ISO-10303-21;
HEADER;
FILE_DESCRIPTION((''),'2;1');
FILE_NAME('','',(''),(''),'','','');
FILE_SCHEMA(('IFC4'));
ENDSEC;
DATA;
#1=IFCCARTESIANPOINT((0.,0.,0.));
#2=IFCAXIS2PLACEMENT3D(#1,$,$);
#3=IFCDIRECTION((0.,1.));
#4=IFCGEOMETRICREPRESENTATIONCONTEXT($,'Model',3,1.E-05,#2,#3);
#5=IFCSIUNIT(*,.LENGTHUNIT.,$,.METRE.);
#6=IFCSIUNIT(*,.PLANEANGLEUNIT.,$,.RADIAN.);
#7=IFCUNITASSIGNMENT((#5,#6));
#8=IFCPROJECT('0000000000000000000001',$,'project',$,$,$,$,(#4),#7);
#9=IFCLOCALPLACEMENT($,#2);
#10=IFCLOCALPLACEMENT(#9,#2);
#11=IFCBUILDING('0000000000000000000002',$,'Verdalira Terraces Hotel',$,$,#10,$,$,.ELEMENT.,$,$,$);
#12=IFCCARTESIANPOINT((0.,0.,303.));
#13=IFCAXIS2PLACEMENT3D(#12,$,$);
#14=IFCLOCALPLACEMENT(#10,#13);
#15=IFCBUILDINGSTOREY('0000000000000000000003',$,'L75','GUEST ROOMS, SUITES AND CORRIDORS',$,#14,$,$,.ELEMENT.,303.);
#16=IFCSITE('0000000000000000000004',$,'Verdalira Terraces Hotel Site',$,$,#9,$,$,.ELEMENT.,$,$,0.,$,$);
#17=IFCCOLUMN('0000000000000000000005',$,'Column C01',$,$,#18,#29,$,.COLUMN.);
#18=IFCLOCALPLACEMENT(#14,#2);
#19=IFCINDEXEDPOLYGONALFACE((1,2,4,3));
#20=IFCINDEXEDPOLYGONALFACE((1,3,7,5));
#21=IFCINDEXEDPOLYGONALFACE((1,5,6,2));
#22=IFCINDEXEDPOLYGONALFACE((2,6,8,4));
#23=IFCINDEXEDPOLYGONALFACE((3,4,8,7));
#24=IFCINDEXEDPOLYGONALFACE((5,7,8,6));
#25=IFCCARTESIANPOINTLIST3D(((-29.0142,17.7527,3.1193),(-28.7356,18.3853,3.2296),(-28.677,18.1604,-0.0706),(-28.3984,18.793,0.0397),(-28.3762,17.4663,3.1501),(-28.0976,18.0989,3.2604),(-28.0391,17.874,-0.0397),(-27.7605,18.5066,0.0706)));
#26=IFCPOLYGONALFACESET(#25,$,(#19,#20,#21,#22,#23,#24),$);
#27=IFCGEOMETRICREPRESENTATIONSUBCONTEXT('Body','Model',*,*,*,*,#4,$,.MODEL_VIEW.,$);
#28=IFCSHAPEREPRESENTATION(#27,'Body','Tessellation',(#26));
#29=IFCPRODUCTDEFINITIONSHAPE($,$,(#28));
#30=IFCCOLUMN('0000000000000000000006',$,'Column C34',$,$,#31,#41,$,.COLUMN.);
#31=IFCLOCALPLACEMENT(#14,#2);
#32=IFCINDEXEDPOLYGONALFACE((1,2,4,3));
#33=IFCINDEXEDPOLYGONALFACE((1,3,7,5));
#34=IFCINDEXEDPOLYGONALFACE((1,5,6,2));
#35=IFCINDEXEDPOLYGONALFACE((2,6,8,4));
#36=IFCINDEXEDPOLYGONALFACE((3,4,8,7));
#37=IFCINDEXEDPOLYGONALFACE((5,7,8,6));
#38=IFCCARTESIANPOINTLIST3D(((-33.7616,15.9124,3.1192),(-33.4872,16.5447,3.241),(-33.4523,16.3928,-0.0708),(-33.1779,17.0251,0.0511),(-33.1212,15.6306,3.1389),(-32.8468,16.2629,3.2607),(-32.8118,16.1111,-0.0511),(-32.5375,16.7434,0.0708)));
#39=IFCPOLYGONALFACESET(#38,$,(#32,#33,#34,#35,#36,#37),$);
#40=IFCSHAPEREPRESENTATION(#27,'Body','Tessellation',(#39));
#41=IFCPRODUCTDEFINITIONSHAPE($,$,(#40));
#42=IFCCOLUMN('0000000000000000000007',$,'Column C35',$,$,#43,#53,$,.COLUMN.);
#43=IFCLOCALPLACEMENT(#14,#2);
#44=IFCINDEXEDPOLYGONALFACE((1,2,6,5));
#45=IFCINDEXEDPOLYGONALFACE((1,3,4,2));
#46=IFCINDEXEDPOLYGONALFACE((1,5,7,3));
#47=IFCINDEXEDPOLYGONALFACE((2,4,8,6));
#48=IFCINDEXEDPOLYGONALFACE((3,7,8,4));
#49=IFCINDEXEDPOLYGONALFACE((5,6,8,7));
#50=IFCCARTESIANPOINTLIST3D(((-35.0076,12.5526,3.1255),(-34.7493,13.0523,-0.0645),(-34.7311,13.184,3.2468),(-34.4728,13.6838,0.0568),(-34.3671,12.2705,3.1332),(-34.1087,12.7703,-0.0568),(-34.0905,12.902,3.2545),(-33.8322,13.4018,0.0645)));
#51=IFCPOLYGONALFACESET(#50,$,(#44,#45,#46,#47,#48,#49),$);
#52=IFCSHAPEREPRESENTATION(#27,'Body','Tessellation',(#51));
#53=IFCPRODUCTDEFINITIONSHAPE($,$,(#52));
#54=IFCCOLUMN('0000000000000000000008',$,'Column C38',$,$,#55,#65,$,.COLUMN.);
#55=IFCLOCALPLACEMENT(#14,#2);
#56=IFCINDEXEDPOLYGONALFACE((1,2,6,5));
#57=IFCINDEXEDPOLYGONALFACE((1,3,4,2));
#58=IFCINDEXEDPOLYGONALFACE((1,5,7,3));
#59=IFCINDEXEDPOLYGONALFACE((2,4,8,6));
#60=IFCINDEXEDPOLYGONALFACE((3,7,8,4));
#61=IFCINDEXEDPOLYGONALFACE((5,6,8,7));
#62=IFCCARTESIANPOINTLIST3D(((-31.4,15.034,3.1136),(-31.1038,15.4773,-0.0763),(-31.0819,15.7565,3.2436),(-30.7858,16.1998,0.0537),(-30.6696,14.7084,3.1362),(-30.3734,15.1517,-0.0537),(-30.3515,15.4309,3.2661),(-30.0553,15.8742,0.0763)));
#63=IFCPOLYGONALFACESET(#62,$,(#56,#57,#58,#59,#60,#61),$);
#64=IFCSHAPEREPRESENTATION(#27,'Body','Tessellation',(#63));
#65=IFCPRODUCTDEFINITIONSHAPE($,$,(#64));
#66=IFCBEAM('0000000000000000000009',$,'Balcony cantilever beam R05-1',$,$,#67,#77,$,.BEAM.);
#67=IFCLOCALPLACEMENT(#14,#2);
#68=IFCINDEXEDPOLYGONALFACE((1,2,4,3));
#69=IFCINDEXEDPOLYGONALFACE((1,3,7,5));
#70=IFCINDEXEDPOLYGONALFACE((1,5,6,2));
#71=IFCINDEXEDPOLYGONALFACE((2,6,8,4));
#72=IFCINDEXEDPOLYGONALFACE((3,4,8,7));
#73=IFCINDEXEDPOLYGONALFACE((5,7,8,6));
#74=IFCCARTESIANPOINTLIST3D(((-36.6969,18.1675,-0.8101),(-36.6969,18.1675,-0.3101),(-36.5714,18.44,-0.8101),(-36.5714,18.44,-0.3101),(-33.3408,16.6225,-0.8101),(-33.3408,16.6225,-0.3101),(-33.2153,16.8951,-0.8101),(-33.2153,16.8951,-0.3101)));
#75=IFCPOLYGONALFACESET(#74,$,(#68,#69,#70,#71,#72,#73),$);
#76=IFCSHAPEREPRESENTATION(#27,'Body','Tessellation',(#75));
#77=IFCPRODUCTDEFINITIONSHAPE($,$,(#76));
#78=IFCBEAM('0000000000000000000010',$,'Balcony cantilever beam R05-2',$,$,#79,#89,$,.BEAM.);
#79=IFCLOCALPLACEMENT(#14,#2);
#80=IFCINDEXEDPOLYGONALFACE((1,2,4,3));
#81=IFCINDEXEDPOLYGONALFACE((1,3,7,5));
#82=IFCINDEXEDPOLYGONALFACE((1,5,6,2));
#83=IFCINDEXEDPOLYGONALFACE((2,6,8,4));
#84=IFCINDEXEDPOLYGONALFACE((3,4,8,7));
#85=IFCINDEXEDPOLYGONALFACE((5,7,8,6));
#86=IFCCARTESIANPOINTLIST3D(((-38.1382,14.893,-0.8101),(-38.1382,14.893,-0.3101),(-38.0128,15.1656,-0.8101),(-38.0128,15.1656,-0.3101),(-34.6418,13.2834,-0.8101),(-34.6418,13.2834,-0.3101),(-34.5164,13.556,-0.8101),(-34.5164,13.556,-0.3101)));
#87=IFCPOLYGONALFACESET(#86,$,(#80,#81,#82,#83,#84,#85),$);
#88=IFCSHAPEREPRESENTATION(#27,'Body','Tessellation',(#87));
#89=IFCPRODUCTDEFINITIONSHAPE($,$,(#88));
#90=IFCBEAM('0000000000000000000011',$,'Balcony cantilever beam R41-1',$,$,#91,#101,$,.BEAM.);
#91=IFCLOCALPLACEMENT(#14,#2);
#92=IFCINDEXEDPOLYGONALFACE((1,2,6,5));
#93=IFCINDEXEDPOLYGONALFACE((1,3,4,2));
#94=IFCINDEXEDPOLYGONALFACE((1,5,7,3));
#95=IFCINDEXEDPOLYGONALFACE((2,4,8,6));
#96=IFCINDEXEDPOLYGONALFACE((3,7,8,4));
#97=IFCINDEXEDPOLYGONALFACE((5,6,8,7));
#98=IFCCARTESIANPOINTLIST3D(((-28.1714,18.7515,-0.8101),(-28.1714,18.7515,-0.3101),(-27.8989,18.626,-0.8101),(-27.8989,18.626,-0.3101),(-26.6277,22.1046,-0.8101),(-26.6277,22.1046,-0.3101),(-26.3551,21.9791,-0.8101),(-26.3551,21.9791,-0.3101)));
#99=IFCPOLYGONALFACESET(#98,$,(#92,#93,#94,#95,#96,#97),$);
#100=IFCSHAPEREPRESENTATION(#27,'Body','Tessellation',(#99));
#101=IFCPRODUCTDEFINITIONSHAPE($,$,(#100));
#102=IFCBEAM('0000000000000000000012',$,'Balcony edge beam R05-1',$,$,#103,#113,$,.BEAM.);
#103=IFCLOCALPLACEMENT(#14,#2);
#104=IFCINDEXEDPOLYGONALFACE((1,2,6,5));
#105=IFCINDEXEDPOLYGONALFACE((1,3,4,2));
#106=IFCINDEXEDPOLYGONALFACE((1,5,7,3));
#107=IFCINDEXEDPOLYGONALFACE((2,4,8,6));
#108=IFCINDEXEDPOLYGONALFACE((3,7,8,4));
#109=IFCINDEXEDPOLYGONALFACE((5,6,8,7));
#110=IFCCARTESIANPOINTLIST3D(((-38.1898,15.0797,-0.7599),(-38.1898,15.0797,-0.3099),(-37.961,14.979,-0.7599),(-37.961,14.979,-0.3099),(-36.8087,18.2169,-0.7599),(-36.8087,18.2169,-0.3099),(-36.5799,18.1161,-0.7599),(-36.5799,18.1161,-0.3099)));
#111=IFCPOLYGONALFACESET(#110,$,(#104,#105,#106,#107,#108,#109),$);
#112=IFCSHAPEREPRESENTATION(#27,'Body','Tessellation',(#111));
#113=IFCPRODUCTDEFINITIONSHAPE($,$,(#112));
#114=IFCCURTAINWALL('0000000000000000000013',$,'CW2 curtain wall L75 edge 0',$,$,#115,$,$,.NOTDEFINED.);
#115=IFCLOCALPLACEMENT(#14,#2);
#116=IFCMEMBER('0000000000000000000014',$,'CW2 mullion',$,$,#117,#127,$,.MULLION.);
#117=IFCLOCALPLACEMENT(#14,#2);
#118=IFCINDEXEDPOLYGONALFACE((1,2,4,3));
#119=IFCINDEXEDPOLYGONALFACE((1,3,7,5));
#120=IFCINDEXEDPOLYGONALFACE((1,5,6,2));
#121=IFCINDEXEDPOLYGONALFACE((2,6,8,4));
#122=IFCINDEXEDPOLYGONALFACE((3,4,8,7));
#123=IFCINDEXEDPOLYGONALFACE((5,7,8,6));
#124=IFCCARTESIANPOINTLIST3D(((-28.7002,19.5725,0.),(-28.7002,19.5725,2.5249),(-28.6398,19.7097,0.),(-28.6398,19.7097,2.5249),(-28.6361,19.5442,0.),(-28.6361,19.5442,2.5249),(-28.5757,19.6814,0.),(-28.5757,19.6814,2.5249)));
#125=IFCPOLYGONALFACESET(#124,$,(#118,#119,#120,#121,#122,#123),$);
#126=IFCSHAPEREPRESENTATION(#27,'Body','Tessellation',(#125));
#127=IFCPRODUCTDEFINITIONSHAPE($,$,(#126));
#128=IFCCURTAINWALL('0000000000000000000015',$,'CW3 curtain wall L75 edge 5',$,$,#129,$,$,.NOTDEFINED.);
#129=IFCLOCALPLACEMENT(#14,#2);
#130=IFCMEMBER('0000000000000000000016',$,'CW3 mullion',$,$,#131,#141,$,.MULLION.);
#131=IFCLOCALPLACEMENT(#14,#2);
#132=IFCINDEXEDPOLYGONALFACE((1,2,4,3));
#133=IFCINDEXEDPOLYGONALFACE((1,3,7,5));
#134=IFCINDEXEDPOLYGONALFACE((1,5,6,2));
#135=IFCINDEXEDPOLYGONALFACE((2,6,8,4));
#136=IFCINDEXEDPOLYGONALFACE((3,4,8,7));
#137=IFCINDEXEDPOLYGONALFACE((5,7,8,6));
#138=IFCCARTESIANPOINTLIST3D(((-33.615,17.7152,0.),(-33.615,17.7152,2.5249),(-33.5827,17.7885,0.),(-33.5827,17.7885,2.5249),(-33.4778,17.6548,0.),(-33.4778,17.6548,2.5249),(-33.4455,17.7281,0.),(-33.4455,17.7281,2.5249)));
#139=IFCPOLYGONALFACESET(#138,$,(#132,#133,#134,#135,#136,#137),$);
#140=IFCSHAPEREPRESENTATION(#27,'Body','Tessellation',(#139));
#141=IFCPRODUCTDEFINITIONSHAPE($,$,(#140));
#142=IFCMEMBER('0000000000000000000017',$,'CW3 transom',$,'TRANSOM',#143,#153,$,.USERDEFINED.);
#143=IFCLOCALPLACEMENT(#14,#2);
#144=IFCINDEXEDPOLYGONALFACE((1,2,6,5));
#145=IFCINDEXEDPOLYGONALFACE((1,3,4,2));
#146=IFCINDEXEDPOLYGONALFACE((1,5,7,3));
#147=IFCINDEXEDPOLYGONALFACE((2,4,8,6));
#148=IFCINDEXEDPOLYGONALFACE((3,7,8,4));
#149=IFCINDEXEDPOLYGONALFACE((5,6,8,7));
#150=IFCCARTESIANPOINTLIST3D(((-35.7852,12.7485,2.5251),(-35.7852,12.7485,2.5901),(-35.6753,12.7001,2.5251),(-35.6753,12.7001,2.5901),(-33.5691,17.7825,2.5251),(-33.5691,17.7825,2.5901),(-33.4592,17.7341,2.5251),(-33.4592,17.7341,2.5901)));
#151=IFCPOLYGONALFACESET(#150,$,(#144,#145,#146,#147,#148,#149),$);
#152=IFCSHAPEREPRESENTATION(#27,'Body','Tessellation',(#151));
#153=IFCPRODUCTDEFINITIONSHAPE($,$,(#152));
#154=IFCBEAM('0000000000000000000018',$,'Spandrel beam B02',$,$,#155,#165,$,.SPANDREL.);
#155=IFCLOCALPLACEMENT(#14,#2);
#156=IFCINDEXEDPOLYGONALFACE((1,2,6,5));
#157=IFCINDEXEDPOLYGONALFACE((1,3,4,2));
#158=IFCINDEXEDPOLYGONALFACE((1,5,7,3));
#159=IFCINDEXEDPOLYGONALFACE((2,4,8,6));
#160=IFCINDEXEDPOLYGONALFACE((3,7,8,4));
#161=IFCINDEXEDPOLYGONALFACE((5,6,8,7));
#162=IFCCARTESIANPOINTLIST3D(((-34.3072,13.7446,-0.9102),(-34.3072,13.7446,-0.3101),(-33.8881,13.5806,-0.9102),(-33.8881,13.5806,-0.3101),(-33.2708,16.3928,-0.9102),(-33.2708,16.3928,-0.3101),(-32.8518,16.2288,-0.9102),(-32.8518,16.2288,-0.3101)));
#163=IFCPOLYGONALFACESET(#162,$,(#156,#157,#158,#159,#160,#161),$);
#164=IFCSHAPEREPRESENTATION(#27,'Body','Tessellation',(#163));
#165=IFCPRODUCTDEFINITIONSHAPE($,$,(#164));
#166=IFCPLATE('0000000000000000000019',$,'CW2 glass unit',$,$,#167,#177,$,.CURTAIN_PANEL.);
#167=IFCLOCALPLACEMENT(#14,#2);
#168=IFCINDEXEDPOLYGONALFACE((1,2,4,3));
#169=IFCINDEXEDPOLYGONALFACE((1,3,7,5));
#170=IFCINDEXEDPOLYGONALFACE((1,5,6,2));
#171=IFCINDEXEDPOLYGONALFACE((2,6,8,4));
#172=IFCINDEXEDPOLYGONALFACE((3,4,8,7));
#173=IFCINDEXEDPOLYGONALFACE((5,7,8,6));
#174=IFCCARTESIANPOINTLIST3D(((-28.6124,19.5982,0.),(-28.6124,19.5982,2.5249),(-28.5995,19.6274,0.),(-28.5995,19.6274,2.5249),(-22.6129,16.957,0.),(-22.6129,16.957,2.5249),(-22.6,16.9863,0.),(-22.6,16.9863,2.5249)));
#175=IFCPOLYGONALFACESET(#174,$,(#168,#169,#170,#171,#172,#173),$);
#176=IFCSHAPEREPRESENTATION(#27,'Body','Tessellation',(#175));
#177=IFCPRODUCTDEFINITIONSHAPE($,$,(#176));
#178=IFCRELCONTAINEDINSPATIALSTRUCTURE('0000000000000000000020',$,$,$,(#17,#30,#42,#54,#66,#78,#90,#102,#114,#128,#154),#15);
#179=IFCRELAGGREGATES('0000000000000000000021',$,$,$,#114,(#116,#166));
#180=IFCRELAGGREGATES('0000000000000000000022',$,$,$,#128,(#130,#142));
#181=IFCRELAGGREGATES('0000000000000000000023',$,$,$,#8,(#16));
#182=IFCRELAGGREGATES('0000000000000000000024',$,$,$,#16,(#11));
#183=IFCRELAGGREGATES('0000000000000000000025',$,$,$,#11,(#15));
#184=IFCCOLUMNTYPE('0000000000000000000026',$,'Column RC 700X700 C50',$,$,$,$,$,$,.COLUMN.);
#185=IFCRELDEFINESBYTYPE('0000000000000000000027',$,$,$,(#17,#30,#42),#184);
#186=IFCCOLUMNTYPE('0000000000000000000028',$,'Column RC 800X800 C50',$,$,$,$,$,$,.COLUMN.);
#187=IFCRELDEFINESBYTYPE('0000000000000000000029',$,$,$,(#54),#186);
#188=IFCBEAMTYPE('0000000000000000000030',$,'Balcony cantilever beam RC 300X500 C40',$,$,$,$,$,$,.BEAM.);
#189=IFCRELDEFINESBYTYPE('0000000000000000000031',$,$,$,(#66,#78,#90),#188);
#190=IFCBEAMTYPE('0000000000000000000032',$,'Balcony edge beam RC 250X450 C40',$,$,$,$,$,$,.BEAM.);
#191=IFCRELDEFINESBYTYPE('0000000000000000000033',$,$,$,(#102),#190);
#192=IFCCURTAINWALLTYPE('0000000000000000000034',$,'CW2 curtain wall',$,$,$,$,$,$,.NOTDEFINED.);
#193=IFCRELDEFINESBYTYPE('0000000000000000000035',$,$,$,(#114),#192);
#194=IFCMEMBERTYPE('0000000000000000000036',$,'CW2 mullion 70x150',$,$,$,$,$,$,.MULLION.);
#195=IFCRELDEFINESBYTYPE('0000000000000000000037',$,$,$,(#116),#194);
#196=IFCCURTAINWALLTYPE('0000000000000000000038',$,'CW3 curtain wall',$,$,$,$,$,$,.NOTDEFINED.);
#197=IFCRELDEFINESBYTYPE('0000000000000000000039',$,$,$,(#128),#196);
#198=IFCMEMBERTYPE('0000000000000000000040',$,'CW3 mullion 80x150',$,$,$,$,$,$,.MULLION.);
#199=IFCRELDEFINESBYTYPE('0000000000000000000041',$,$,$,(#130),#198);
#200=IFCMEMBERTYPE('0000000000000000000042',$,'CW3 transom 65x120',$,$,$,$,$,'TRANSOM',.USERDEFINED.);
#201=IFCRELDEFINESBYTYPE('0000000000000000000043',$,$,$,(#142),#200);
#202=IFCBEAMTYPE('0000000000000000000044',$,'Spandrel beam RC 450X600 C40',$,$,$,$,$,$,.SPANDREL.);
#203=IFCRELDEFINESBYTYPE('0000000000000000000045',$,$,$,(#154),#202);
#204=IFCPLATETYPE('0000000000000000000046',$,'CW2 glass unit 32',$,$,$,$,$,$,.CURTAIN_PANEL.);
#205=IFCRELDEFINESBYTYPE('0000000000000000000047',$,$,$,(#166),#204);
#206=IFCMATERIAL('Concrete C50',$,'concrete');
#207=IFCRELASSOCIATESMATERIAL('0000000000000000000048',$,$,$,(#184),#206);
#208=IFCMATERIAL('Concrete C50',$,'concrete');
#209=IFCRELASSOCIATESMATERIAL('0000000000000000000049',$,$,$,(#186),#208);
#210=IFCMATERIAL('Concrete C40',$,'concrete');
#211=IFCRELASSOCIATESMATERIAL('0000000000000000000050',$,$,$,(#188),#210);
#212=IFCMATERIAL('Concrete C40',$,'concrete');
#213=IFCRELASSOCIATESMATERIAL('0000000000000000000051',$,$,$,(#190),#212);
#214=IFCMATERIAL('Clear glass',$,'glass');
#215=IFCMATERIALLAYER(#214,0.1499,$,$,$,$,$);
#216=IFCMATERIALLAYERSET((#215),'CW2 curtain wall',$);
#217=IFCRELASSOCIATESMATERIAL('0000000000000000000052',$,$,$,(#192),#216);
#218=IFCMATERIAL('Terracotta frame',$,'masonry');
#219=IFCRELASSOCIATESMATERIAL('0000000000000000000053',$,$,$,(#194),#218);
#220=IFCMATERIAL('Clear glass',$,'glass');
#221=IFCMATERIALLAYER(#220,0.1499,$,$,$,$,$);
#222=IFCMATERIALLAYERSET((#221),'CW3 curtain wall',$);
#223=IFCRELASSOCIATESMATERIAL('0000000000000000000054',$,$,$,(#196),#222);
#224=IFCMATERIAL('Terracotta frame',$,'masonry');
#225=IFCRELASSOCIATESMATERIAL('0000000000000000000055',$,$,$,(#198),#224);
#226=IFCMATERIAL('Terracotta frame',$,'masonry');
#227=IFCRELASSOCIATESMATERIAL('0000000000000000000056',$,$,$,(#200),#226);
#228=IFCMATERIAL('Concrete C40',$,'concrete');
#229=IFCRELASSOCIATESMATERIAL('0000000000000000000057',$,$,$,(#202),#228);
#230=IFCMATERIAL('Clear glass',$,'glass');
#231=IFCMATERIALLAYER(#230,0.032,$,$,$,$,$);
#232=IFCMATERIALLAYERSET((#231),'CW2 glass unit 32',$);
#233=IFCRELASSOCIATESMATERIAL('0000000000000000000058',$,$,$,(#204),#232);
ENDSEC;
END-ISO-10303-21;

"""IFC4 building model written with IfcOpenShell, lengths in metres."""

from ifc_helpers import new_model, si_unit, direction, frame, origin, origin_2d, place, context, subcontext, project, spatial, rectangle, extrude, material, layer, layer_set, material_profile, profile_set, type_object, element, aggregate, save


model = new_model("IFC4")

# Units and contexts
model_context = context("Model", 3, precision=1e-05, world=origin(), true_north=direction((0.0, 1.0)))
body_context = subcontext(model_context, "Body", "Model", "MODEL_VIEW")
ifc_project = project(units=[si_unit("LENGTHUNIT", "METRE"), si_unit("PLANEANGLEUNIT", "RADIAN")], contexts=[model_context])

# Site, building, storey
site_placement = place(None, origin())
site = spatial("IfcSite", under=ifc_project, at=site_placement, Name="Verdalira Terraces Hotel Site", CompositionType="ELEMENT", RefElevation=0.0)
building_placement = place(site_placement, origin())
building = spatial("IfcBuilding", under=site, at=building_placement, Name="Verdalira Terraces Hotel", CompositionType="ELEMENT")
storey_placement = place(building_placement, frame((0.0, 0.0, 303.0)))
storey = spatial("IfcBuildingStorey", under=building, at=storey_placement, Name="L75", Description="GUEST ROOMS, SUITES AND CORRIDORS", CompositionType="ELEMENT", Elevation=303.0)

# Columns
ifc_material_1 = material(Name="Concrete C50", Category="concrete")
ifc_material_profile_1 = material_profile(ifc_material_1, rectangle(XDim=0.7, YDim=0.7, at=origin_2d()), Name="RC 700X700")
ifc_profile_set_1 = profile_set([ifc_material_profile_1], Name="Concrete C50")
column_type_1 = type_object("IfcColumnType", Name="Column RC 700X700 C50", PredefinedType="COLUMN", material=ifc_profile_set_1)
column_1_placement = place(storey_placement, frame((-28.2188, 18.3335, 0.0), z_axis=(-0.10427, -0.12609, 0.986524), x_axis=(-0.911437, 0.409075, -0.044049)))
element("IfcColumn", 1, at=column_1_placement, inside=storey, type_object=column_type_1, Name="Column C01", PredefinedType="COLUMN", context=body_context, shape_type="SweptSolid", body=[
    extrude(rectangle(XDim=0.7, YDim=0.7, at=origin_2d()), origin(), (0.0, 0.0, 1.0), 3.2334),
])
column_2_placement = place(storey_placement, frame((-32.9949, 16.5681, 0.0), z_axis=(-0.09545, -0.14826, 0.984331), x_axis=(-0.392012, -0.903341, -0.174074)))
element("IfcColumn", 2, at=column_2_placement, inside=storey, type_object=column_type_1, Name="Column C34", PredefinedType="COLUMN", context=body_context, shape_type="SweptSolid", body=[
    extrude(rectangle(XDim=0.7, YDim=0.7, at=origin_2d()), origin(), (0.0, 0.0, 1.0), 3.2407),
])
column_3_placement = place(storey_placement, frame((-34.2908, 13.2271, 0.0), z_axis=(-0.079743, -0.154285, 0.984803), x_axis=(-0.395076, -0.902149, -0.173327)))
element("IfcColumn", 3, at=column_3_placement, inside=storey, type_object=column_type_1, Name="Column C35", PredefinedType="COLUMN", context=body_context, shape_type="SweptSolid", body=[
    extrude(rectangle(XDim=0.7, YDim=0.7, at=origin_2d()), origin(), (0.0, 0.0, 1.0), 3.2393),
])
ifc_material_2 = material(Name="Concrete C50", Category="concrete")
ifc_material_profile_2 = material_profile(ifc_material_2, rectangle(XDim=0.8, YDim=0.8, at=origin_2d()), Name="RC 800X800")
ifc_profile_set_2 = profile_set([ifc_material_profile_2], Name="Concrete C50")
column_type_2 = type_object("IfcColumnType", Name="Column RC 800X800 C50", PredefinedType="COLUMN", material=ifc_profile_set_2)
column_4_placement = place(storey_placement, frame((-30.5796, 15.6758, 0.0), z_axis=(-0.091566, -0.137085, 0.986318), x_axis=(-0.912988, 0.407012, -0.028189)))
element("IfcColumn", 4, at=column_4_placement, inside=storey, type_object=column_type_2, Name="Column C38", PredefinedType="COLUMN", context=body_context, shape_type="SweptSolid", body=[
    extrude(rectangle(XDim=0.8, YDim=0.8, at=origin_2d()), origin(), (0.0, 0.0, 1.0), 3.2341),
])

# Beams
ifc_material_3 = material(Name="Concrete C40", Category="concrete")
ifc_material_profile_3 = material_profile(ifc_material_3, rectangle(XDim=0.3, YDim=0.5, at=origin_2d()), Name="RC 300X500")
ifc_profile_set_3 = profile_set([ifc_material_profile_3], Name="Concrete C40")
beam_type_1 = type_object("IfcBeamType", Name="Balcony cantilever beam RC 300X500 C40", PredefinedType="BEAM", material=ifc_profile_set_3)
beam_1_placement = place(storey_placement, frame((-33.2781, 16.7588, -0.5601), z_axis=(-0.908369, 0.41817, 0.0), x_axis=(-0.41817, -0.908369, 0.0)))
element("IfcBeam", 5, at=beam_1_placement, inside=storey, type_object=beam_type_1, Name="Balcony cantilever beam R05-1", PredefinedType="BEAM", context=body_context, shape_type="SweptSolid", body=[
    extrude(rectangle(XDim=0.3, YDim=0.5, at=origin_2d()), origin(), (0.0, 0.0, 1.0), 3.6946),
])
beam_2_placement = place(storey_placement, frame((-34.5791, 13.4197, -0.5601), z_axis=(-0.908362, 0.418185, 0.0), x_axis=(-0.418185, -0.908362, 0.0)))
element("IfcBeam", 6, at=beam_2_placement, inside=storey, type_object=beam_type_1, Name="Balcony cantilever beam R05-2", PredefinedType="BEAM", context=body_context, shape_type="SweptSolid", body=[
    extrude(rectangle(XDim=0.3, YDim=0.5, at=origin_2d()), origin(), (0.0, 0.0, 1.0), 3.8491),
])
beam_3_placement = place(storey_placement, frame((-28.0352, 18.6887, -0.5601), z_axis=(0.418198, 0.908356, 0.0), x_axis=(-0.908356, 0.418198, 0.0)))
element("IfcBeam", 7, at=beam_3_placement, inside=storey, type_object=beam_type_1, Name="Balcony cantilever beam R41-1", PredefinedType="BEAM", context=body_context, shape_type="SweptSolid", body=[
    extrude(rectangle(XDim=0.3, YDim=0.5, at=origin_2d()), origin(), (0.0, 0.0, 1.0), 3.6914),
])
ifc_material_4 = material(Name="Concrete C40", Category="concrete")
ifc_material_profile_4 = material_profile(ifc_material_4, rectangle(XDim=0.25, YDim=0.45, at=origin_2d()), Name="RC 250X450")
ifc_profile_set_4 = profile_set([ifc_material_profile_4], Name="Concrete C40")
beam_type_2 = type_object("IfcBeamType", Name="Balcony edge beam RC 250X450 C40", PredefinedType="BEAM", material=ifc_profile_set_4)
beam_4_placement = place(storey_placement, frame((-36.6943, 18.1665, -0.5349), z_axis=(-0.402918, -0.915236, 0.0), x_axis=(0.915236, -0.402918, 0.0)))
element("IfcBeam", 8, at=beam_4_placement, inside=storey, type_object=beam_type_2, Name="Balcony edge beam R05-1", PredefinedType="BEAM", context=body_context, shape_type="SweptSolid", body=[
    extrude(rectangle(XDim=0.25, YDim=0.45, at=origin_2d()), origin(), (0.0, 0.0, 1.0), 3.4277),
])

# Curtain wall, member
ifc_material_5 = material(Name="Clear glass", Category="glass")
ifc_layer_1 = layer(ifc_material_5, 0.1499)
ifc_layer_set_1 = layer_set([ifc_layer_1], Name="CW2 curtain wall")
curtain_wall_type_1 = type_object("IfcCurtainWallType", Name="CW2 curtain wall", PredefinedType="NOTDEFINED", material=ifc_layer_set_1)
curtain_wall_1_placement = place(storey_placement, origin())
curtain_wall_1 = element("IfcCurtainWall", 9, at=curtain_wall_1_placement, inside=storey, type_object=curtain_wall_type_1, Name="CW2 curtain wall L75 edge 0", PredefinedType="NOTDEFINED")
ifc_material_6 = material(Name="Terracotta frame", Category="masonry")
ifc_material_profile_5 = material_profile(ifc_material_6, rectangle(XDim=0.0701, YDim=0.1499, at=origin_2d()), Name="MU 70x150")
ifc_profile_set_5 = profile_set([ifc_material_profile_5], Name="Terracotta frame")
member_type_1 = type_object("IfcMemberType", Name="CW2 mullion 70x150", PredefinedType="MULLION", material=ifc_profile_set_5)
member_1_placement = place(storey_placement, frame((-28.6379, 19.627, 0.0), z_axis=(0.0, 0.0, 1.0), x_axis=(-0.915241, 0.402906, 0.0)))
member_1 = element("IfcMember", 10, at=member_1_placement, type_object=member_type_1, Name="CW2 mullion", PredefinedType="MULLION", context=body_context, shape_type="SweptSolid", body=[
    extrude(rectangle(XDim=0.0701, YDim=0.1499, at=origin_2d()), origin(), (0.0, 0.0, 1.0), 2.5249),
])

# Curtain wall, members
ifc_material_7 = material(Name="Clear glass", Category="glass")
ifc_layer_2 = layer(ifc_material_7, 0.1499)
ifc_layer_set_2 = layer_set([ifc_layer_2], Name="CW3 curtain wall")
curtain_wall_type_2 = type_object("IfcCurtainWallType", Name="CW3 curtain wall", PredefinedType="NOTDEFINED", material=ifc_layer_set_2)
curtain_wall_2_placement = place(storey_placement, origin())
curtain_wall_2 = element("IfcCurtainWall", 11, at=curtain_wall_2_placement, inside=storey, type_object=curtain_wall_type_2, Name="CW3 curtain wall L75 edge 5", PredefinedType="NOTDEFINED")
ifc_material_8 = material(Name="Terracotta frame", Category="masonry")
ifc_material_profile_6 = material_profile(ifc_material_8, rectangle(XDim=0.0801, YDim=0.1499, at=origin_2d()), Name="MU 80x150")
ifc_profile_set_6 = profile_set([ifc_material_profile_6], Name="Terracotta frame")
member_type_2 = type_object("IfcMemberType", Name="CW3 mullion 80x150", PredefinedType="MULLION", material=ifc_profile_set_6)
member_2_placement = place(storey_placement, frame((-33.5303, 17.7217, 0.0), z_axis=(0.0, 0.0, 1.0), x_axis=(-0.402906, -0.915241, 0.0)))
member_2 = element("IfcMember", 12, at=member_2_placement, type_object=member_type_2, Name="CW3 mullion", PredefinedType="MULLION", context=body_context, shape_type="SweptSolid", body=[
    extrude(rectangle(XDim=0.0801, YDim=0.1499, at=origin_2d()), origin(), (0.0, 0.0, 1.0), 2.5249),
])
ifc_material_9 = material(Name="Terracotta frame", Category="masonry")
ifc_material_profile_7 = material_profile(ifc_material_9, rectangle(XDim=0.1201, YDim=0.0649, at=origin_2d()), Name="TR 65x120")
ifc_profile_set_7 = profile_set([ifc_material_profile_7], Name="Terracotta frame")
member_type_3 = type_object("IfcMemberType", Name="CW3 transom 65x120", ElementType="TRANSOM", PredefinedType="USERDEFINED", material=ifc_profile_set_7)
member_3_placement = place(storey_placement, frame((-33.5142, 17.7583, 2.5576), z_axis=(-0.402911, -0.915239, 0.0), x_axis=(0.915239, -0.402911, 0.0)))
member_3 = element("IfcMember", 13, at=member_3_placement, type_object=member_type_3, Name="CW3 transom", ObjectType="TRANSOM", PredefinedType="USERDEFINED", context=body_context, shape_type="SweptSolid", body=[
    extrude(rectangle(XDim=0.1201, YDim=0.0649, at=origin_2d()), origin(), (0.0, 0.0, 1.0), 5.5002),
])

# Beam
ifc_material_10 = material(Name="Concrete C40", Category="concrete")
ifc_material_profile_8 = material_profile(ifc_material_10, rectangle(XDim=0.45, YDim=0.6001, at=origin_2d()), Name="RC 450X600")
ifc_profile_set_8 = profile_set([ifc_material_profile_8], Name="Concrete C40")
beam_type_3 = type_object("IfcBeamType", Name="Spandrel beam RC 450X600 C40", PredefinedType="SPANDREL", material=ifc_profile_set_8)
beam_5_placement = place(storey_placement, frame((-33.0613, 16.3108, -0.6101), z_axis=(-0.364438, -0.931228, 0.0), x_axis=(0.931228, -0.364438, 0.0)))
element("IfcBeam", 14, at=beam_5_placement, inside=storey, type_object=beam_type_3, Name="Spandrel beam B02", PredefinedType="SPANDREL", context=body_context, shape_type="SweptSolid", body=[
    extrude(rectangle(XDim=0.45, YDim=0.6001, at=origin_2d()), origin(), (0.0, 0.0, 1.0), 2.8438),
])

# Plate
ifc_material_11 = material(Name="Clear glass", Category="glass")
ifc_layer_3 = layer(ifc_material_11, 0.032)
ifc_layer_set_3 = layer_set([ifc_layer_3], Name="CW2 glass unit 32")
plate_type_1 = type_object("IfcPlateType", Name="CW2 glass unit 32", PredefinedType="CURTAIN_PANEL", material=ifc_layer_set_3)
plate_1_placement = place(storey_placement, frame((-25.6062, 18.2922, 0.0), z_axis=(0.0, 0.0, 1.0), x_axis=(-0.915241, 0.402906, 0.0)))
plate_1 = element("IfcPlate", 15, at=plate_1_placement, type_object=plate_type_1, Name="CW2 glass unit", PredefinedType="CURTAIN_PANEL", context=body_context, shape_type="SweptSolid", body=[
    extrude(rectangle(XDim=6.5552, YDim=0.032, at=origin_2d()), origin(), (0.0, 0.0, 1.0), 2.5249),
])
aggregate(curtain_wall_1, [member_1, plate_1])
aggregate(curtain_wall_2, [member_2, member_3])

save(model, "model.ifc")
